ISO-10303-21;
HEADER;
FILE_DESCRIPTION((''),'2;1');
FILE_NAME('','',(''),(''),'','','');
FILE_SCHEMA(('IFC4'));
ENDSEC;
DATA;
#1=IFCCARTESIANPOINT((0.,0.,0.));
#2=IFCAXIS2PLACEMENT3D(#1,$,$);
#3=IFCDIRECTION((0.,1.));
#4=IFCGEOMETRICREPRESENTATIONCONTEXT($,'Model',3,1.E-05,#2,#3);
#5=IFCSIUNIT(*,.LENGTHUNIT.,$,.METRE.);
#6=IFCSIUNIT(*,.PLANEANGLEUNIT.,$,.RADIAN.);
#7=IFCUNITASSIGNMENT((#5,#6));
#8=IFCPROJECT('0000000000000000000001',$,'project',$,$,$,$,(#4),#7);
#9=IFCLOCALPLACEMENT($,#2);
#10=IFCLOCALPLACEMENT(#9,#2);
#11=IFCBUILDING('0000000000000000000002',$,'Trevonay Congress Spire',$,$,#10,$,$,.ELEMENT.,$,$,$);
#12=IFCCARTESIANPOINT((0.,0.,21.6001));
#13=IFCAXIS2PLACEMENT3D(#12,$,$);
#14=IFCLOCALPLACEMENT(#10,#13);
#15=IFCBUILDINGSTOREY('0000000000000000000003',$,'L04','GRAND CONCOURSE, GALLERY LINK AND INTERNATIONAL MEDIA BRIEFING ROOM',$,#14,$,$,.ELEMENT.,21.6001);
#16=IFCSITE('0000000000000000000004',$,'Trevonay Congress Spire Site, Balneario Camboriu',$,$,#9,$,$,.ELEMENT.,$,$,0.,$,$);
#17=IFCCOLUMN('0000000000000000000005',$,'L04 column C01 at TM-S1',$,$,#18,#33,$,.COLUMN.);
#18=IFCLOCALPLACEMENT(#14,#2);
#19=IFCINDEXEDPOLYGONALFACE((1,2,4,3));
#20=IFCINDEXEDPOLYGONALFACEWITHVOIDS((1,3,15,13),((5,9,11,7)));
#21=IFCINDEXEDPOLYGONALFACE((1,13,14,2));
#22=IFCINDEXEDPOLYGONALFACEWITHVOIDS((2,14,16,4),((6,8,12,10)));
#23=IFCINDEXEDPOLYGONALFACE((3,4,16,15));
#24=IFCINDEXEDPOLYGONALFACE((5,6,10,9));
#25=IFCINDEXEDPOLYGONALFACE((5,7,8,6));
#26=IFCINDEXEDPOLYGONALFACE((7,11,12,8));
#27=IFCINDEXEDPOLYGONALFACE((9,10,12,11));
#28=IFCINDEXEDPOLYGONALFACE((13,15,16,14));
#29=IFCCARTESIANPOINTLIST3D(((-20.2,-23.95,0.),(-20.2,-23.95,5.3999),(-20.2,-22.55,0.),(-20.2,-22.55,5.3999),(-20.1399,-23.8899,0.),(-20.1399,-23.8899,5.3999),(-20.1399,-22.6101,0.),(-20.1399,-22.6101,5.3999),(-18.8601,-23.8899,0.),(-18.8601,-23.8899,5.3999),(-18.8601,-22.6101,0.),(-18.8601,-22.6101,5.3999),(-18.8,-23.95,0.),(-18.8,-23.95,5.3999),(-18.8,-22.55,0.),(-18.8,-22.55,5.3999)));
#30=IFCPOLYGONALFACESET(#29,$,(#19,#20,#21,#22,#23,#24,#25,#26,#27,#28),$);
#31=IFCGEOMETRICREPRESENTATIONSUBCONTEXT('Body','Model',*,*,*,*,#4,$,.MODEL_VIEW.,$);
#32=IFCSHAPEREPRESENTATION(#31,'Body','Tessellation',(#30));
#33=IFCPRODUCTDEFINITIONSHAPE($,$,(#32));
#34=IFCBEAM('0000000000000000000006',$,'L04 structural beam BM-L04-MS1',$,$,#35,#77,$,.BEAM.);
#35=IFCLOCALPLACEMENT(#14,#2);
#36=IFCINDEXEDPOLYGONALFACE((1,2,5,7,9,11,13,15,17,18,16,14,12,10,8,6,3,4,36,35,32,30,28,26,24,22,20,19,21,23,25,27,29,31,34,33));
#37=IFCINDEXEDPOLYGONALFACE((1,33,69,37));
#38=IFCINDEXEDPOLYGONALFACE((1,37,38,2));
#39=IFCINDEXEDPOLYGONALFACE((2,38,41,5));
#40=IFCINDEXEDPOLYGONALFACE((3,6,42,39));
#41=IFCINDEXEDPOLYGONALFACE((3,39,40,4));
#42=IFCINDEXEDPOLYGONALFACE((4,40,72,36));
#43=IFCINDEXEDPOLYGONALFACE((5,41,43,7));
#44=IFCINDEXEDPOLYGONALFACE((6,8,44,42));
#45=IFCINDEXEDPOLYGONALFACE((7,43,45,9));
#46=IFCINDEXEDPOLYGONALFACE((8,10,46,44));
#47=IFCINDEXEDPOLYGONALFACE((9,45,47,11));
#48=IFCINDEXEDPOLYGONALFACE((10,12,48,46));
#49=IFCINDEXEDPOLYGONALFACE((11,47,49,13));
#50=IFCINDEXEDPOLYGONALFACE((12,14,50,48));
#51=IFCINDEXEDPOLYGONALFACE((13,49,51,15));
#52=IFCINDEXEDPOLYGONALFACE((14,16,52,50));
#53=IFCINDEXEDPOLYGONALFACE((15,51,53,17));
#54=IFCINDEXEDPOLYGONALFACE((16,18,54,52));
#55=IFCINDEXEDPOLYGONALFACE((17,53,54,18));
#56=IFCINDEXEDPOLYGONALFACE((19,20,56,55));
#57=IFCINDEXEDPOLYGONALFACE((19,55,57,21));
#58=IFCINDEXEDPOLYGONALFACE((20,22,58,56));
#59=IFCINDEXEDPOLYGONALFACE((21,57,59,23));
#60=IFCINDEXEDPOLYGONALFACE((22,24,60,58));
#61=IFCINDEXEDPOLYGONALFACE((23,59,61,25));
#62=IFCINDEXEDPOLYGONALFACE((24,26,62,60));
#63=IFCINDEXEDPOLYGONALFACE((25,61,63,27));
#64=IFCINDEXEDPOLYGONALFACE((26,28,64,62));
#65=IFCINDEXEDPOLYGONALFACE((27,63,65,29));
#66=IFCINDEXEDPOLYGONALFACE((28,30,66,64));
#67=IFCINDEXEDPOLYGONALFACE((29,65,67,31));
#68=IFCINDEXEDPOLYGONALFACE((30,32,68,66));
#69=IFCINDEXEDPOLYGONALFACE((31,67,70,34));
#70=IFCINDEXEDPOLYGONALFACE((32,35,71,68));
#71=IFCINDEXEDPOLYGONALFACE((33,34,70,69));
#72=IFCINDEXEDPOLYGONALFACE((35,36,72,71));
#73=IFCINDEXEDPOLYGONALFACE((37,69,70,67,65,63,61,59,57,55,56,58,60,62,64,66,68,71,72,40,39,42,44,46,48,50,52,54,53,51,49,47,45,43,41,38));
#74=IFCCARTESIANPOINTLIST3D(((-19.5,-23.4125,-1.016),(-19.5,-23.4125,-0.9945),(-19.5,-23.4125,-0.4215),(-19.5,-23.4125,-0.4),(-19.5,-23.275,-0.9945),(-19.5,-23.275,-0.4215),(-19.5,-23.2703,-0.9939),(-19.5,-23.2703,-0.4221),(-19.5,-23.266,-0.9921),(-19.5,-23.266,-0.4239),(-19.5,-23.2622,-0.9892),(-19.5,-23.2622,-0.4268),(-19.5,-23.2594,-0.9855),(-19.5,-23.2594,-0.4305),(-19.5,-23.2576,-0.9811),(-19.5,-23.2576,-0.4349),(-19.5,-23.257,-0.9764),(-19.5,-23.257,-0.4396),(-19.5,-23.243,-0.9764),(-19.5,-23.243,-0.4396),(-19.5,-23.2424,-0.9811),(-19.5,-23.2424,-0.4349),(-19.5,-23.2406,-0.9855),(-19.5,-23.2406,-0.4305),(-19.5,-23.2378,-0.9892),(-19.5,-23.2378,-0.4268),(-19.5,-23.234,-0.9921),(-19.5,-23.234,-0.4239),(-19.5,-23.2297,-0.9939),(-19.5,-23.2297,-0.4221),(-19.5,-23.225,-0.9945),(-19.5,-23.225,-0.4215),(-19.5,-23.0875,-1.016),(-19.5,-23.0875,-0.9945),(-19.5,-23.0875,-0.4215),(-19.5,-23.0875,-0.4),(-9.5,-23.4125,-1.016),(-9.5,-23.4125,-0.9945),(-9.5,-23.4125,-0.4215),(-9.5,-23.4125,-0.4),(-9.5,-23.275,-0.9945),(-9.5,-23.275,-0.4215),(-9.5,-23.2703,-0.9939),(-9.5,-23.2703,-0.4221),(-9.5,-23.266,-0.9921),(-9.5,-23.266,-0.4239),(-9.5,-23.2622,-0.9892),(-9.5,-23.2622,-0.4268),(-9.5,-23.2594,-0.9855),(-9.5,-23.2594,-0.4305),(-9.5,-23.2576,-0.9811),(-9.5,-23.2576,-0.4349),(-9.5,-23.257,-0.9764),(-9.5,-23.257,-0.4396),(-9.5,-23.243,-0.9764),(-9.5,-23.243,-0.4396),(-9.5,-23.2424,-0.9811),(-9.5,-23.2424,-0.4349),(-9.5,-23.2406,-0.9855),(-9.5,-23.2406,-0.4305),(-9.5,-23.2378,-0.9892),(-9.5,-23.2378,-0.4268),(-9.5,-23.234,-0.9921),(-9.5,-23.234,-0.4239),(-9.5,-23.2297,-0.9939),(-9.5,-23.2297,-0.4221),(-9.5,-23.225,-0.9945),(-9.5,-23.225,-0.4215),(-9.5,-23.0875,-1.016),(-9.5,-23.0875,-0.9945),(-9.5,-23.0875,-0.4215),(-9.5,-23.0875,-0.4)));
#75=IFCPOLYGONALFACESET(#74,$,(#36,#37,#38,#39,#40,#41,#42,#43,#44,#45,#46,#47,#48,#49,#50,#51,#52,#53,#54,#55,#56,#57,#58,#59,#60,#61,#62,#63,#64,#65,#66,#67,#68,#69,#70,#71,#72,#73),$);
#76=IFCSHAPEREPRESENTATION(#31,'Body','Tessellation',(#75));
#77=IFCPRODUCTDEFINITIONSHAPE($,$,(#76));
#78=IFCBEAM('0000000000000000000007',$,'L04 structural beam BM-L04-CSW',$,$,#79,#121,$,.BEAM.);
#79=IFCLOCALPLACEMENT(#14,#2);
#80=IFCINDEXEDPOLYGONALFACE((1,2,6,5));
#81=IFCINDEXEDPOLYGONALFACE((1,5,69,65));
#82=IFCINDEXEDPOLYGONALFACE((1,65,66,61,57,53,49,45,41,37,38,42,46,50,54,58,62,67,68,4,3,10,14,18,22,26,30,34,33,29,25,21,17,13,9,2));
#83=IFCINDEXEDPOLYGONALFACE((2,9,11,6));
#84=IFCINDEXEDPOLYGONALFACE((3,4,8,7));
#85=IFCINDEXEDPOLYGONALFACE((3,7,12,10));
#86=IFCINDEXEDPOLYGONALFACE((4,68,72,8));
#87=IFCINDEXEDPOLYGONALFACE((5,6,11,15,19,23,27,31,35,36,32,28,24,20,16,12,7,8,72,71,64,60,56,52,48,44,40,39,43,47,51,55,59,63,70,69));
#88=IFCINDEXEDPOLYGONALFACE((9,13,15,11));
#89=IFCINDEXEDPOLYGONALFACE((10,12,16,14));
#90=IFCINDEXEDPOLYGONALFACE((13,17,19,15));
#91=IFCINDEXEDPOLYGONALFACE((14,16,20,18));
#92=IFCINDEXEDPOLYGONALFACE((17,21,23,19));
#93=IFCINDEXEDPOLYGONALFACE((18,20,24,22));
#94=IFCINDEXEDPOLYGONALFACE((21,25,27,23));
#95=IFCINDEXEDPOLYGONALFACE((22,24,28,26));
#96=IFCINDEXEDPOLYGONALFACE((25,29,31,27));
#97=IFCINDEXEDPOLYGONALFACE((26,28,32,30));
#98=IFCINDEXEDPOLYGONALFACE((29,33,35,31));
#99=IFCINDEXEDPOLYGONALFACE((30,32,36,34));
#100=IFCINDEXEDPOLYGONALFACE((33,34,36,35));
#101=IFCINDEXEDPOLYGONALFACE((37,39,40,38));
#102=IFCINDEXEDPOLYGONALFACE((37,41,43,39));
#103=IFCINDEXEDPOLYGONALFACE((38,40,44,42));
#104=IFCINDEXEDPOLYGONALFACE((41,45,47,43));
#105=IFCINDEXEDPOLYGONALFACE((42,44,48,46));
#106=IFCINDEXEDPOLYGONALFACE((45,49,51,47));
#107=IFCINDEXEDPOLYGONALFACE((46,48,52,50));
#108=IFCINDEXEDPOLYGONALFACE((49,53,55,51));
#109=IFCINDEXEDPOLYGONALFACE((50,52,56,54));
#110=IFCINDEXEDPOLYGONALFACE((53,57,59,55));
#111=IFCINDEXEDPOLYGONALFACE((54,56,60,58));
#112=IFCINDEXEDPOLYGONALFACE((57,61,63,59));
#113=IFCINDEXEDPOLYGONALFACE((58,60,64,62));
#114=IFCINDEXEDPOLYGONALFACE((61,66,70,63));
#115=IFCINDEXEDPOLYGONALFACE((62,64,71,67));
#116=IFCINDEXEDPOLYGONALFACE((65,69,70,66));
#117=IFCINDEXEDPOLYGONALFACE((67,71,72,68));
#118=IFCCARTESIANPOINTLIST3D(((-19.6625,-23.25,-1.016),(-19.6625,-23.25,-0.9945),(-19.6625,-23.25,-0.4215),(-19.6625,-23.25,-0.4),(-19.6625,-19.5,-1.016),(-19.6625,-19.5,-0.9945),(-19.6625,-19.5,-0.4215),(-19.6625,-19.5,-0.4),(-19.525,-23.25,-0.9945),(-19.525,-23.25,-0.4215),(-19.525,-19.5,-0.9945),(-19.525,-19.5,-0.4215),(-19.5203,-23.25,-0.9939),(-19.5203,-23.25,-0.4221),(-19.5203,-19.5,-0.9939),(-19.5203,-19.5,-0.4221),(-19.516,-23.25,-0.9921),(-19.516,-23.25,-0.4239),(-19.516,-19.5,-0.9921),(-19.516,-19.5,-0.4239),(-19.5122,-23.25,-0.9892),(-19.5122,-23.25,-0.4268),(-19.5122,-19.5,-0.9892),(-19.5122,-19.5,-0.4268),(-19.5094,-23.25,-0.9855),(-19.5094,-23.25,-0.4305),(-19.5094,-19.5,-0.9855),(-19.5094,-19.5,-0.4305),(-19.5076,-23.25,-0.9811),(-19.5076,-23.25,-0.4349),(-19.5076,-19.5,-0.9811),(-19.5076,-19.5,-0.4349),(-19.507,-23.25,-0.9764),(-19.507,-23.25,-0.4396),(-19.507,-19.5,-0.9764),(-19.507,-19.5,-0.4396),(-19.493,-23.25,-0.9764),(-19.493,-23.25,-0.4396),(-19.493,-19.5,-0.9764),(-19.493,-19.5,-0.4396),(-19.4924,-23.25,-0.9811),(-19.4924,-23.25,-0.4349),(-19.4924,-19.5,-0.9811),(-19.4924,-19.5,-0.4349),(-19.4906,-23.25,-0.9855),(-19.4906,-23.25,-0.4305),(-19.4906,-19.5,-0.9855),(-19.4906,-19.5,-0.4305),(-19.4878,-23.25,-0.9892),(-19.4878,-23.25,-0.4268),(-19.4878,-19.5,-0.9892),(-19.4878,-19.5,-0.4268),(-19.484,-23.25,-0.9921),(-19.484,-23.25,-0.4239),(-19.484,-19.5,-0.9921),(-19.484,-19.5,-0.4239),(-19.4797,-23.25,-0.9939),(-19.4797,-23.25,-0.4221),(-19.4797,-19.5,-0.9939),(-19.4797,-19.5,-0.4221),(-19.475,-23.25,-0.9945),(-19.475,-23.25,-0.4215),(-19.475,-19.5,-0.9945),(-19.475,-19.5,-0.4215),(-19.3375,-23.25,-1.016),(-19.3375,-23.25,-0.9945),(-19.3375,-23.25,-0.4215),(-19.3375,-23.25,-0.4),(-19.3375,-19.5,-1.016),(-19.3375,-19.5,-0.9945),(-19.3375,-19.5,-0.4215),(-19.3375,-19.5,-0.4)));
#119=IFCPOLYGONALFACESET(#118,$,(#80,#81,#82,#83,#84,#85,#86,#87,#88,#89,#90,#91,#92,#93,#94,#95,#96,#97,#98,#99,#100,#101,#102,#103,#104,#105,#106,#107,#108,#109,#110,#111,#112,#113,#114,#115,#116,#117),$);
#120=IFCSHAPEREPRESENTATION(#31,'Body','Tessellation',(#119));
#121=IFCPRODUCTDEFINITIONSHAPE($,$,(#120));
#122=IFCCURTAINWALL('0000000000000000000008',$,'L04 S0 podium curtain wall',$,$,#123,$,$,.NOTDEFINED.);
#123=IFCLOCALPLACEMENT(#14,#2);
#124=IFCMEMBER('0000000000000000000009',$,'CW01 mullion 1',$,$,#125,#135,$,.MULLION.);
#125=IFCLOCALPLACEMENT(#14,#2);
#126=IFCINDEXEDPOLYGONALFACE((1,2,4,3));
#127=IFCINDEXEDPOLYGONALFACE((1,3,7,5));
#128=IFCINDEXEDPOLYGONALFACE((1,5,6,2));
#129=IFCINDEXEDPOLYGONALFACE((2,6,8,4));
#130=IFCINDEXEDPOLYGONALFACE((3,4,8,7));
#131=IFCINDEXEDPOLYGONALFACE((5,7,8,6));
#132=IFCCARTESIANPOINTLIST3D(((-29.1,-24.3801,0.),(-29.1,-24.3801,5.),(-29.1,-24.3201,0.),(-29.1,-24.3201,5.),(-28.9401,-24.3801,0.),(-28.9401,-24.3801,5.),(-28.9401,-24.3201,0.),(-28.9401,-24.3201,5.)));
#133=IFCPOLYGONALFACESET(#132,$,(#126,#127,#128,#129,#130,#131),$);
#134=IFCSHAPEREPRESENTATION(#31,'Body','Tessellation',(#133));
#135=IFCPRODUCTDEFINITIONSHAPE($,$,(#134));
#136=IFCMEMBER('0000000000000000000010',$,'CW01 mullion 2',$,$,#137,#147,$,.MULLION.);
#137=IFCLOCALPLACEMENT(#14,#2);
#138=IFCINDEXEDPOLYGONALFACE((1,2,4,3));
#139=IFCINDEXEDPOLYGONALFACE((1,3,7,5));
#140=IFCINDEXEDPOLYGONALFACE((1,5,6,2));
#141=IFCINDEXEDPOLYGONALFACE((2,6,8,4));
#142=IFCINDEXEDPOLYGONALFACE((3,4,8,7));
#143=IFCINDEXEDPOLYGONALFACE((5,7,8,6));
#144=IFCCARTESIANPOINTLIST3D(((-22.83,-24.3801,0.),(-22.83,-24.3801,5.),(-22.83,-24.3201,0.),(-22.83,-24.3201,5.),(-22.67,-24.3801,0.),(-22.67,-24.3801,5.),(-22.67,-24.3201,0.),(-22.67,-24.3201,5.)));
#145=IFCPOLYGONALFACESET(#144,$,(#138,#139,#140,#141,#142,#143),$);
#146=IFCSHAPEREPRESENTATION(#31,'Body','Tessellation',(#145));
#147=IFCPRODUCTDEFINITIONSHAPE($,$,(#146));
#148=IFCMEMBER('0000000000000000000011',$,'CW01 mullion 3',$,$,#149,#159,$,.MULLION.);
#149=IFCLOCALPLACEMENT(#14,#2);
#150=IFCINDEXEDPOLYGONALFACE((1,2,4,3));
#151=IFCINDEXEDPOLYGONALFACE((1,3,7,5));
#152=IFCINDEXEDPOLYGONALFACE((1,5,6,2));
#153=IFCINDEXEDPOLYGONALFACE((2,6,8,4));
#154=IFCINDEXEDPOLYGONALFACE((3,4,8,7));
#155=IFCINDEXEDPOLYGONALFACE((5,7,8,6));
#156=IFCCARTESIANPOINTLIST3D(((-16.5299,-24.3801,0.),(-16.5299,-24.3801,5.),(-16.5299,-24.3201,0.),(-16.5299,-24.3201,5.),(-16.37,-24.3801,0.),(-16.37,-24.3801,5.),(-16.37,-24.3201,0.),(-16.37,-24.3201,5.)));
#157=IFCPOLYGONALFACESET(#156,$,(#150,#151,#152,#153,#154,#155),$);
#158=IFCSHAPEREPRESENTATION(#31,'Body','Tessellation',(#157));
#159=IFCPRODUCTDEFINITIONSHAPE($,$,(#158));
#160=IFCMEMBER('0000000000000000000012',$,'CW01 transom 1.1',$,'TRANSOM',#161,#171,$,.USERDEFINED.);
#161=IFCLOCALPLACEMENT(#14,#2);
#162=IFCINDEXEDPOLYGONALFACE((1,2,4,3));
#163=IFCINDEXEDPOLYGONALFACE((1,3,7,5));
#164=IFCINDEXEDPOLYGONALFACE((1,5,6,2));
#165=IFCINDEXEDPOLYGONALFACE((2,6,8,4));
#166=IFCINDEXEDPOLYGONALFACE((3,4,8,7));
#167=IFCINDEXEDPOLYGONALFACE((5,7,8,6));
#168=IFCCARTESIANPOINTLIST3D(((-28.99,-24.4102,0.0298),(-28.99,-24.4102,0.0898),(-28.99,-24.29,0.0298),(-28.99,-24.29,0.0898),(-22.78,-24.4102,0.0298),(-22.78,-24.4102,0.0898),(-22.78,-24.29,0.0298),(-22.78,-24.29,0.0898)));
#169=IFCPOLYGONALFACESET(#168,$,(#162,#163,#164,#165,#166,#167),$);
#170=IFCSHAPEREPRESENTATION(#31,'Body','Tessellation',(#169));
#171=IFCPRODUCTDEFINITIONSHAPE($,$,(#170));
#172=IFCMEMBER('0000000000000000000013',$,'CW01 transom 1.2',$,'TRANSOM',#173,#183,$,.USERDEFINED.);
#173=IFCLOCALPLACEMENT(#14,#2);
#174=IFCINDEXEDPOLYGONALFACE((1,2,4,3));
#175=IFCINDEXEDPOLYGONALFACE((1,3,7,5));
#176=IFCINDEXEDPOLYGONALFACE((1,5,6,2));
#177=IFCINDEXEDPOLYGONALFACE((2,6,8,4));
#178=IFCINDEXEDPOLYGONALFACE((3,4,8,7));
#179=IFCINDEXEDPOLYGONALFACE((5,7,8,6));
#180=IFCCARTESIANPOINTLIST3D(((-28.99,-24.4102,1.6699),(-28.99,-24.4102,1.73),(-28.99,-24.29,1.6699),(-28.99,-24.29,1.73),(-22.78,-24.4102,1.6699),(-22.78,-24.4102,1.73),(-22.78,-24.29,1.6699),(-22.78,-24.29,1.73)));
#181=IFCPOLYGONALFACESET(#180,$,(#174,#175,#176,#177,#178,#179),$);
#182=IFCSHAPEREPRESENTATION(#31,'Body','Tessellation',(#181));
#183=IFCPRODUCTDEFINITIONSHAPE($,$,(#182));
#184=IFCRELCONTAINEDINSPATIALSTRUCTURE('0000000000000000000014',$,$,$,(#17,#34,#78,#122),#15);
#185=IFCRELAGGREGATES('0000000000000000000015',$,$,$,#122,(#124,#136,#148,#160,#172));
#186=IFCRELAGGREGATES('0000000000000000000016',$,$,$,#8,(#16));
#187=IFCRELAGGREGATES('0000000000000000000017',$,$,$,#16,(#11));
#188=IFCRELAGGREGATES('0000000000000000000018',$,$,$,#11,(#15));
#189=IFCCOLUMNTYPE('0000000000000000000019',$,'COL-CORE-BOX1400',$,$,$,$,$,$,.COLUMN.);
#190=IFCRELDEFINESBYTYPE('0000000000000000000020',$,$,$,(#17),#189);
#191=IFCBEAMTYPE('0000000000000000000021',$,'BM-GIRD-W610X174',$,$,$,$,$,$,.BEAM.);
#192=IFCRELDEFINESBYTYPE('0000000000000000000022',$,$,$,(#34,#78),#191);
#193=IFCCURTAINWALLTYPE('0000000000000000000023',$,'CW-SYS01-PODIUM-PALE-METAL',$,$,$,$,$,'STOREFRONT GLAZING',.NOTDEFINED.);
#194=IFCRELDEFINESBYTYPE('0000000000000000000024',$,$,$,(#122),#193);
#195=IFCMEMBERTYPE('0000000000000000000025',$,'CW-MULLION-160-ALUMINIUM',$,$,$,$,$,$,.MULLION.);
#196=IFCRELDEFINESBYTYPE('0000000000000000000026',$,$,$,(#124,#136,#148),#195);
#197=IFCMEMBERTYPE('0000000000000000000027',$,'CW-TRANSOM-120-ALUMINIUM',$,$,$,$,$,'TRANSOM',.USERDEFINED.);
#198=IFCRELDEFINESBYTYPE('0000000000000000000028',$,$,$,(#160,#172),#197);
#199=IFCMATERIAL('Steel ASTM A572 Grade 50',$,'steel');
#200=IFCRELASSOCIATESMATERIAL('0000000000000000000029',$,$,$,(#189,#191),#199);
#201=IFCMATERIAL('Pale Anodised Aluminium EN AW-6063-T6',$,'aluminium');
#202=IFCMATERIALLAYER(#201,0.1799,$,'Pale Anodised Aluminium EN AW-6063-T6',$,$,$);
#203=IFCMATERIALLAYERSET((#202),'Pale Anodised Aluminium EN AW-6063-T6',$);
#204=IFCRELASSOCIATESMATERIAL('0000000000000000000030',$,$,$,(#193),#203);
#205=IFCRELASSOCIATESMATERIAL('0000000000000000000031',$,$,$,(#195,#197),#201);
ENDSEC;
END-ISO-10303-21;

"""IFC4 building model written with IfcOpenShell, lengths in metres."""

from ifc_helpers import new_model, si_unit, direction, frame, origin, origin_2d, place, context, subcontext, project, spatial, rectangle, hollow_rectangle, i_section, extrude, material, layer, layer_set, material_profile, profile_set, type_object, element, aggregate, save


model = new_model("IFC4")

# Units and contexts
model_context = context("Model", 3, precision=1e-05, world=origin(), true_north=direction((0.0, 1.0)))
body_context = subcontext(model_context, "Body", "Model", "MODEL_VIEW")
ifc_project = project(units=[si_unit("LENGTHUNIT", "METRE"), si_unit("PLANEANGLEUNIT", "RADIAN")], contexts=[model_context])

# Site, building, storey
site_placement = place(None, origin())
site = spatial("IfcSite", under=ifc_project, at=site_placement, Name="Trevonay Congress Spire Site, Balneario Camboriu", CompositionType="ELEMENT", RefElevation=0.0)
building_placement = place(site_placement, origin())
building = spatial("IfcBuilding", under=site, at=building_placement, Name="Trevonay Congress Spire", CompositionType="ELEMENT")
storey_placement = place(building_placement, frame((0.0, 0.0, 21.6001)))
storey = spatial("IfcBuildingStorey", under=building, at=storey_placement, Name="L04", Description="GRAND CONCOURSE, GALLERY LINK AND INTERNATIONAL MEDIA BRIEFING ROOM", CompositionType="ELEMENT", Elevation=21.6001)

# Column
ifc_material_1 = material(Name="Steel ASTM A572 Grade 50", Category="steel")
ifc_material_profile_1 = material_profile(ifc_material_1, hollow_rectangle(XDim=1.3999, YDim=1.3999, WallThickness=0.0601, at=origin_2d()), Name="BOX 1400x1400x60")
ifc_profile_set_1 = profile_set([ifc_material_profile_1], Name="Steel ASTM A572 Grade 50")
column_type = type_object("IfcColumnType", Name="COL-CORE-BOX1400", PredefinedType="COLUMN", material=ifc_profile_set_1)
column_placement = place(storey_placement, frame((-19.5, -23.25, 0.0), z_axis=(0.0, 0.0, 1.0), x_axis=(1.0, 0.0, 0.0)))
element("IfcColumn", 1, at=column_placement, inside=storey, type_object=column_type, Name="L04 column C01 at TM-S1", PredefinedType="COLUMN", context=body_context, shape_type="SweptSolid", body=[
    extrude(hollow_rectangle(XDim=1.3999, YDim=1.3999, WallThickness=0.0601, at=origin_2d()), origin(), (0.0, 0.0, 1.0), 5.3999),
])

# Beams
ifc_material_profile_2 = material_profile(ifc_material_1, i_section(OverallWidth=0.325, OverallDepth=0.616, WebThickness=0.0139, FlangeThickness=0.0215, FilletRadius=0.0181, at=origin_2d()), Name="W610x174")
ifc_profile_set_2 = profile_set([ifc_material_profile_2], Name="Steel ASTM A572 Grade 50")
beam_type = type_object("IfcBeamType", Name="BM-GIRD-W610X174", PredefinedType="BEAM", material=ifc_profile_set_2)
beam_1_placement = place(storey_placement, frame((-19.5, -23.25, -0.708), z_axis=(1.0, 0.0, 0.0), x_axis=(0.0, 1.0, 0.0)))
element("IfcBeam", 2, at=beam_1_placement, inside=storey, type_object=beam_type, Name="L04 structural beam BM-L04-MS1", PredefinedType="BEAM", context=body_context, shape_type="SweptSolid", body=[
    extrude(i_section(OverallWidth=0.325, OverallDepth=0.616, WebThickness=0.0139, FlangeThickness=0.0215, FilletRadius=0.0181, at=origin_2d()), origin(), (0.0, 0.0, 1.0), 10.0),
])
beam_2_placement = place(storey_placement, frame((-19.5, -23.25, -0.708), z_axis=(0.0, 1.0, 0.0), x_axis=(-1.0, 0.0, 0.0)))
element("IfcBeam", 3, at=beam_2_placement, inside=storey, type_object=beam_type, Name="L04 structural beam BM-L04-CSW", PredefinedType="BEAM", context=body_context, shape_type="SweptSolid", body=[
    extrude(i_section(OverallWidth=0.325, OverallDepth=0.616, WebThickness=0.0139, FlangeThickness=0.0215, FilletRadius=0.0181, at=origin_2d()), origin(), (0.0, 0.0, 1.0), 3.75),
])

# Curtain wall, members
ifc_material_2 = material(Name="Pale Anodised Aluminium EN AW-6063-T6", Category="aluminium")
ifc_layer_1 = layer(ifc_material_2, 0.1799, Name="Pale Anodised Aluminium EN AW-6063-T6")
ifc_layer_set_1 = layer_set([ifc_layer_1], Name="Pale Anodised Aluminium EN AW-6063-T6")
curtain_wall_type = type_object("IfcCurtainWallType", Name="CW-SYS01-PODIUM-PALE-METAL", ElementType="STOREFRONT GLAZING", PredefinedType="NOTDEFINED", material=ifc_layer_set_1)
curtain_wall_placement = place(storey_placement, origin())
curtain_wall = element("IfcCurtainWall", 4, at=curtain_wall_placement, inside=storey, type_object=curtain_wall_type, Name="L04 S0 podium curtain wall", PredefinedType="NOTDEFINED")
ifc_material_profile_3 = material_profile(ifc_material_2, rectangle(XDim=0.0601, YDim=0.1599, at=origin_2d()), Name="CW-MULLION-160-ALUMINIUM")
ifc_profile_set_3 = profile_set([ifc_material_profile_3], Name="Pale Anodised Aluminium EN AW-6063-T6")
member_type_1 = type_object("IfcMemberType", Name="CW-MULLION-160-ALUMINIUM", PredefinedType="MULLION", material=ifc_profile_set_3)
member_1_placement = place(storey_placement, frame((-29.02, -24.3501, 0.0), z_axis=(0.0, 0.0, 1.0), x_axis=(0.0, 1.0, 0.0)))
member_1 = element("IfcMember", 5, at=member_1_placement, type_object=member_type_1, Name="CW01 mullion 1", PredefinedType="MULLION", context=body_context, shape_type="SweptSolid", body=[
    extrude(rectangle(XDim=0.0601, YDim=0.1599, at=origin_2d()), origin(), (0.0, 0.0, 1.0), 5.0),
])
member_2_placement = place(storey_placement, frame((-22.75, -24.3501, 0.0), z_axis=(0.0, 0.0, 1.0), x_axis=(0.0, 1.0, 0.0)))
member_2 = element("IfcMember", 6, at=member_2_placement, type_object=member_type_1, Name="CW01 mullion 2", PredefinedType="MULLION", context=body_context, shape_type="SweptSolid", body=[
    extrude(rectangle(XDim=0.0601, YDim=0.1599, at=origin_2d()), origin(), (0.0, 0.0, 1.0), 5.0),
])
member_3_placement = place(storey_placement, frame((-16.45, -24.3501, 0.0), z_axis=(0.0, 0.0, 1.0), x_axis=(0.0, 1.0, 0.0)))
member_3 = element("IfcMember", 7, at=member_3_placement, type_object=member_type_1, Name="CW01 mullion 3", PredefinedType="MULLION", context=body_context, shape_type="SweptSolid", body=[
    extrude(rectangle(XDim=0.0601, YDim=0.1599, at=origin_2d()), origin(), (0.0, 0.0, 1.0), 5.0),
])
ifc_material_profile_4 = material_profile(ifc_material_2, rectangle(XDim=0.1201, YDim=0.0601, at=origin_2d()), Name="CW-TRANSOM-120-ALUMINIUM")
ifc_profile_set_4 = profile_set([ifc_material_profile_4], Name="Pale Anodised Aluminium EN AW-6063-T6")
member_type_2 = type_object("IfcMemberType", Name="CW-TRANSOM-120-ALUMINIUM", ElementType="TRANSOM", PredefinedType="USERDEFINED", material=ifc_profile_set_4)
member_4_placement = place(storey_placement, frame((-28.99, -24.3501, 0.0598), z_axis=(1.0, 0.0, 0.0), x_axis=(0.0, 1.0, 0.0)))
member_4 = element("IfcMember", 8, at=member_4_placement, type_object=member_type_2, Name="CW01 transom 1.1", ObjectType="TRANSOM", PredefinedType="USERDEFINED", context=body_context, shape_type="SweptSolid", body=[
    extrude(rectangle(XDim=0.1201, YDim=0.0601, at=origin_2d()), origin(), (0.0, 0.0, 1.0), 6.21),
])
member_5_placement = place(storey_placement, frame((-28.99, -24.3501, 1.7), z_axis=(1.0, 0.0, 0.0), x_axis=(0.0, 1.0, 0.0)))
member_5 = element("IfcMember", 9, at=member_5_placement, type_object=member_type_2, Name="CW01 transom 1.2", ObjectType="TRANSOM", PredefinedType="USERDEFINED", context=body_context, shape_type="SweptSolid", body=[
    extrude(rectangle(XDim=0.1201, YDim=0.0601, at=origin_2d()), origin(), (0.0, 0.0, 1.0), 6.21),
])
aggregate(curtain_wall, [member_1, member_2, member_3, member_4, member_5])

save(model, "model.ifc")
